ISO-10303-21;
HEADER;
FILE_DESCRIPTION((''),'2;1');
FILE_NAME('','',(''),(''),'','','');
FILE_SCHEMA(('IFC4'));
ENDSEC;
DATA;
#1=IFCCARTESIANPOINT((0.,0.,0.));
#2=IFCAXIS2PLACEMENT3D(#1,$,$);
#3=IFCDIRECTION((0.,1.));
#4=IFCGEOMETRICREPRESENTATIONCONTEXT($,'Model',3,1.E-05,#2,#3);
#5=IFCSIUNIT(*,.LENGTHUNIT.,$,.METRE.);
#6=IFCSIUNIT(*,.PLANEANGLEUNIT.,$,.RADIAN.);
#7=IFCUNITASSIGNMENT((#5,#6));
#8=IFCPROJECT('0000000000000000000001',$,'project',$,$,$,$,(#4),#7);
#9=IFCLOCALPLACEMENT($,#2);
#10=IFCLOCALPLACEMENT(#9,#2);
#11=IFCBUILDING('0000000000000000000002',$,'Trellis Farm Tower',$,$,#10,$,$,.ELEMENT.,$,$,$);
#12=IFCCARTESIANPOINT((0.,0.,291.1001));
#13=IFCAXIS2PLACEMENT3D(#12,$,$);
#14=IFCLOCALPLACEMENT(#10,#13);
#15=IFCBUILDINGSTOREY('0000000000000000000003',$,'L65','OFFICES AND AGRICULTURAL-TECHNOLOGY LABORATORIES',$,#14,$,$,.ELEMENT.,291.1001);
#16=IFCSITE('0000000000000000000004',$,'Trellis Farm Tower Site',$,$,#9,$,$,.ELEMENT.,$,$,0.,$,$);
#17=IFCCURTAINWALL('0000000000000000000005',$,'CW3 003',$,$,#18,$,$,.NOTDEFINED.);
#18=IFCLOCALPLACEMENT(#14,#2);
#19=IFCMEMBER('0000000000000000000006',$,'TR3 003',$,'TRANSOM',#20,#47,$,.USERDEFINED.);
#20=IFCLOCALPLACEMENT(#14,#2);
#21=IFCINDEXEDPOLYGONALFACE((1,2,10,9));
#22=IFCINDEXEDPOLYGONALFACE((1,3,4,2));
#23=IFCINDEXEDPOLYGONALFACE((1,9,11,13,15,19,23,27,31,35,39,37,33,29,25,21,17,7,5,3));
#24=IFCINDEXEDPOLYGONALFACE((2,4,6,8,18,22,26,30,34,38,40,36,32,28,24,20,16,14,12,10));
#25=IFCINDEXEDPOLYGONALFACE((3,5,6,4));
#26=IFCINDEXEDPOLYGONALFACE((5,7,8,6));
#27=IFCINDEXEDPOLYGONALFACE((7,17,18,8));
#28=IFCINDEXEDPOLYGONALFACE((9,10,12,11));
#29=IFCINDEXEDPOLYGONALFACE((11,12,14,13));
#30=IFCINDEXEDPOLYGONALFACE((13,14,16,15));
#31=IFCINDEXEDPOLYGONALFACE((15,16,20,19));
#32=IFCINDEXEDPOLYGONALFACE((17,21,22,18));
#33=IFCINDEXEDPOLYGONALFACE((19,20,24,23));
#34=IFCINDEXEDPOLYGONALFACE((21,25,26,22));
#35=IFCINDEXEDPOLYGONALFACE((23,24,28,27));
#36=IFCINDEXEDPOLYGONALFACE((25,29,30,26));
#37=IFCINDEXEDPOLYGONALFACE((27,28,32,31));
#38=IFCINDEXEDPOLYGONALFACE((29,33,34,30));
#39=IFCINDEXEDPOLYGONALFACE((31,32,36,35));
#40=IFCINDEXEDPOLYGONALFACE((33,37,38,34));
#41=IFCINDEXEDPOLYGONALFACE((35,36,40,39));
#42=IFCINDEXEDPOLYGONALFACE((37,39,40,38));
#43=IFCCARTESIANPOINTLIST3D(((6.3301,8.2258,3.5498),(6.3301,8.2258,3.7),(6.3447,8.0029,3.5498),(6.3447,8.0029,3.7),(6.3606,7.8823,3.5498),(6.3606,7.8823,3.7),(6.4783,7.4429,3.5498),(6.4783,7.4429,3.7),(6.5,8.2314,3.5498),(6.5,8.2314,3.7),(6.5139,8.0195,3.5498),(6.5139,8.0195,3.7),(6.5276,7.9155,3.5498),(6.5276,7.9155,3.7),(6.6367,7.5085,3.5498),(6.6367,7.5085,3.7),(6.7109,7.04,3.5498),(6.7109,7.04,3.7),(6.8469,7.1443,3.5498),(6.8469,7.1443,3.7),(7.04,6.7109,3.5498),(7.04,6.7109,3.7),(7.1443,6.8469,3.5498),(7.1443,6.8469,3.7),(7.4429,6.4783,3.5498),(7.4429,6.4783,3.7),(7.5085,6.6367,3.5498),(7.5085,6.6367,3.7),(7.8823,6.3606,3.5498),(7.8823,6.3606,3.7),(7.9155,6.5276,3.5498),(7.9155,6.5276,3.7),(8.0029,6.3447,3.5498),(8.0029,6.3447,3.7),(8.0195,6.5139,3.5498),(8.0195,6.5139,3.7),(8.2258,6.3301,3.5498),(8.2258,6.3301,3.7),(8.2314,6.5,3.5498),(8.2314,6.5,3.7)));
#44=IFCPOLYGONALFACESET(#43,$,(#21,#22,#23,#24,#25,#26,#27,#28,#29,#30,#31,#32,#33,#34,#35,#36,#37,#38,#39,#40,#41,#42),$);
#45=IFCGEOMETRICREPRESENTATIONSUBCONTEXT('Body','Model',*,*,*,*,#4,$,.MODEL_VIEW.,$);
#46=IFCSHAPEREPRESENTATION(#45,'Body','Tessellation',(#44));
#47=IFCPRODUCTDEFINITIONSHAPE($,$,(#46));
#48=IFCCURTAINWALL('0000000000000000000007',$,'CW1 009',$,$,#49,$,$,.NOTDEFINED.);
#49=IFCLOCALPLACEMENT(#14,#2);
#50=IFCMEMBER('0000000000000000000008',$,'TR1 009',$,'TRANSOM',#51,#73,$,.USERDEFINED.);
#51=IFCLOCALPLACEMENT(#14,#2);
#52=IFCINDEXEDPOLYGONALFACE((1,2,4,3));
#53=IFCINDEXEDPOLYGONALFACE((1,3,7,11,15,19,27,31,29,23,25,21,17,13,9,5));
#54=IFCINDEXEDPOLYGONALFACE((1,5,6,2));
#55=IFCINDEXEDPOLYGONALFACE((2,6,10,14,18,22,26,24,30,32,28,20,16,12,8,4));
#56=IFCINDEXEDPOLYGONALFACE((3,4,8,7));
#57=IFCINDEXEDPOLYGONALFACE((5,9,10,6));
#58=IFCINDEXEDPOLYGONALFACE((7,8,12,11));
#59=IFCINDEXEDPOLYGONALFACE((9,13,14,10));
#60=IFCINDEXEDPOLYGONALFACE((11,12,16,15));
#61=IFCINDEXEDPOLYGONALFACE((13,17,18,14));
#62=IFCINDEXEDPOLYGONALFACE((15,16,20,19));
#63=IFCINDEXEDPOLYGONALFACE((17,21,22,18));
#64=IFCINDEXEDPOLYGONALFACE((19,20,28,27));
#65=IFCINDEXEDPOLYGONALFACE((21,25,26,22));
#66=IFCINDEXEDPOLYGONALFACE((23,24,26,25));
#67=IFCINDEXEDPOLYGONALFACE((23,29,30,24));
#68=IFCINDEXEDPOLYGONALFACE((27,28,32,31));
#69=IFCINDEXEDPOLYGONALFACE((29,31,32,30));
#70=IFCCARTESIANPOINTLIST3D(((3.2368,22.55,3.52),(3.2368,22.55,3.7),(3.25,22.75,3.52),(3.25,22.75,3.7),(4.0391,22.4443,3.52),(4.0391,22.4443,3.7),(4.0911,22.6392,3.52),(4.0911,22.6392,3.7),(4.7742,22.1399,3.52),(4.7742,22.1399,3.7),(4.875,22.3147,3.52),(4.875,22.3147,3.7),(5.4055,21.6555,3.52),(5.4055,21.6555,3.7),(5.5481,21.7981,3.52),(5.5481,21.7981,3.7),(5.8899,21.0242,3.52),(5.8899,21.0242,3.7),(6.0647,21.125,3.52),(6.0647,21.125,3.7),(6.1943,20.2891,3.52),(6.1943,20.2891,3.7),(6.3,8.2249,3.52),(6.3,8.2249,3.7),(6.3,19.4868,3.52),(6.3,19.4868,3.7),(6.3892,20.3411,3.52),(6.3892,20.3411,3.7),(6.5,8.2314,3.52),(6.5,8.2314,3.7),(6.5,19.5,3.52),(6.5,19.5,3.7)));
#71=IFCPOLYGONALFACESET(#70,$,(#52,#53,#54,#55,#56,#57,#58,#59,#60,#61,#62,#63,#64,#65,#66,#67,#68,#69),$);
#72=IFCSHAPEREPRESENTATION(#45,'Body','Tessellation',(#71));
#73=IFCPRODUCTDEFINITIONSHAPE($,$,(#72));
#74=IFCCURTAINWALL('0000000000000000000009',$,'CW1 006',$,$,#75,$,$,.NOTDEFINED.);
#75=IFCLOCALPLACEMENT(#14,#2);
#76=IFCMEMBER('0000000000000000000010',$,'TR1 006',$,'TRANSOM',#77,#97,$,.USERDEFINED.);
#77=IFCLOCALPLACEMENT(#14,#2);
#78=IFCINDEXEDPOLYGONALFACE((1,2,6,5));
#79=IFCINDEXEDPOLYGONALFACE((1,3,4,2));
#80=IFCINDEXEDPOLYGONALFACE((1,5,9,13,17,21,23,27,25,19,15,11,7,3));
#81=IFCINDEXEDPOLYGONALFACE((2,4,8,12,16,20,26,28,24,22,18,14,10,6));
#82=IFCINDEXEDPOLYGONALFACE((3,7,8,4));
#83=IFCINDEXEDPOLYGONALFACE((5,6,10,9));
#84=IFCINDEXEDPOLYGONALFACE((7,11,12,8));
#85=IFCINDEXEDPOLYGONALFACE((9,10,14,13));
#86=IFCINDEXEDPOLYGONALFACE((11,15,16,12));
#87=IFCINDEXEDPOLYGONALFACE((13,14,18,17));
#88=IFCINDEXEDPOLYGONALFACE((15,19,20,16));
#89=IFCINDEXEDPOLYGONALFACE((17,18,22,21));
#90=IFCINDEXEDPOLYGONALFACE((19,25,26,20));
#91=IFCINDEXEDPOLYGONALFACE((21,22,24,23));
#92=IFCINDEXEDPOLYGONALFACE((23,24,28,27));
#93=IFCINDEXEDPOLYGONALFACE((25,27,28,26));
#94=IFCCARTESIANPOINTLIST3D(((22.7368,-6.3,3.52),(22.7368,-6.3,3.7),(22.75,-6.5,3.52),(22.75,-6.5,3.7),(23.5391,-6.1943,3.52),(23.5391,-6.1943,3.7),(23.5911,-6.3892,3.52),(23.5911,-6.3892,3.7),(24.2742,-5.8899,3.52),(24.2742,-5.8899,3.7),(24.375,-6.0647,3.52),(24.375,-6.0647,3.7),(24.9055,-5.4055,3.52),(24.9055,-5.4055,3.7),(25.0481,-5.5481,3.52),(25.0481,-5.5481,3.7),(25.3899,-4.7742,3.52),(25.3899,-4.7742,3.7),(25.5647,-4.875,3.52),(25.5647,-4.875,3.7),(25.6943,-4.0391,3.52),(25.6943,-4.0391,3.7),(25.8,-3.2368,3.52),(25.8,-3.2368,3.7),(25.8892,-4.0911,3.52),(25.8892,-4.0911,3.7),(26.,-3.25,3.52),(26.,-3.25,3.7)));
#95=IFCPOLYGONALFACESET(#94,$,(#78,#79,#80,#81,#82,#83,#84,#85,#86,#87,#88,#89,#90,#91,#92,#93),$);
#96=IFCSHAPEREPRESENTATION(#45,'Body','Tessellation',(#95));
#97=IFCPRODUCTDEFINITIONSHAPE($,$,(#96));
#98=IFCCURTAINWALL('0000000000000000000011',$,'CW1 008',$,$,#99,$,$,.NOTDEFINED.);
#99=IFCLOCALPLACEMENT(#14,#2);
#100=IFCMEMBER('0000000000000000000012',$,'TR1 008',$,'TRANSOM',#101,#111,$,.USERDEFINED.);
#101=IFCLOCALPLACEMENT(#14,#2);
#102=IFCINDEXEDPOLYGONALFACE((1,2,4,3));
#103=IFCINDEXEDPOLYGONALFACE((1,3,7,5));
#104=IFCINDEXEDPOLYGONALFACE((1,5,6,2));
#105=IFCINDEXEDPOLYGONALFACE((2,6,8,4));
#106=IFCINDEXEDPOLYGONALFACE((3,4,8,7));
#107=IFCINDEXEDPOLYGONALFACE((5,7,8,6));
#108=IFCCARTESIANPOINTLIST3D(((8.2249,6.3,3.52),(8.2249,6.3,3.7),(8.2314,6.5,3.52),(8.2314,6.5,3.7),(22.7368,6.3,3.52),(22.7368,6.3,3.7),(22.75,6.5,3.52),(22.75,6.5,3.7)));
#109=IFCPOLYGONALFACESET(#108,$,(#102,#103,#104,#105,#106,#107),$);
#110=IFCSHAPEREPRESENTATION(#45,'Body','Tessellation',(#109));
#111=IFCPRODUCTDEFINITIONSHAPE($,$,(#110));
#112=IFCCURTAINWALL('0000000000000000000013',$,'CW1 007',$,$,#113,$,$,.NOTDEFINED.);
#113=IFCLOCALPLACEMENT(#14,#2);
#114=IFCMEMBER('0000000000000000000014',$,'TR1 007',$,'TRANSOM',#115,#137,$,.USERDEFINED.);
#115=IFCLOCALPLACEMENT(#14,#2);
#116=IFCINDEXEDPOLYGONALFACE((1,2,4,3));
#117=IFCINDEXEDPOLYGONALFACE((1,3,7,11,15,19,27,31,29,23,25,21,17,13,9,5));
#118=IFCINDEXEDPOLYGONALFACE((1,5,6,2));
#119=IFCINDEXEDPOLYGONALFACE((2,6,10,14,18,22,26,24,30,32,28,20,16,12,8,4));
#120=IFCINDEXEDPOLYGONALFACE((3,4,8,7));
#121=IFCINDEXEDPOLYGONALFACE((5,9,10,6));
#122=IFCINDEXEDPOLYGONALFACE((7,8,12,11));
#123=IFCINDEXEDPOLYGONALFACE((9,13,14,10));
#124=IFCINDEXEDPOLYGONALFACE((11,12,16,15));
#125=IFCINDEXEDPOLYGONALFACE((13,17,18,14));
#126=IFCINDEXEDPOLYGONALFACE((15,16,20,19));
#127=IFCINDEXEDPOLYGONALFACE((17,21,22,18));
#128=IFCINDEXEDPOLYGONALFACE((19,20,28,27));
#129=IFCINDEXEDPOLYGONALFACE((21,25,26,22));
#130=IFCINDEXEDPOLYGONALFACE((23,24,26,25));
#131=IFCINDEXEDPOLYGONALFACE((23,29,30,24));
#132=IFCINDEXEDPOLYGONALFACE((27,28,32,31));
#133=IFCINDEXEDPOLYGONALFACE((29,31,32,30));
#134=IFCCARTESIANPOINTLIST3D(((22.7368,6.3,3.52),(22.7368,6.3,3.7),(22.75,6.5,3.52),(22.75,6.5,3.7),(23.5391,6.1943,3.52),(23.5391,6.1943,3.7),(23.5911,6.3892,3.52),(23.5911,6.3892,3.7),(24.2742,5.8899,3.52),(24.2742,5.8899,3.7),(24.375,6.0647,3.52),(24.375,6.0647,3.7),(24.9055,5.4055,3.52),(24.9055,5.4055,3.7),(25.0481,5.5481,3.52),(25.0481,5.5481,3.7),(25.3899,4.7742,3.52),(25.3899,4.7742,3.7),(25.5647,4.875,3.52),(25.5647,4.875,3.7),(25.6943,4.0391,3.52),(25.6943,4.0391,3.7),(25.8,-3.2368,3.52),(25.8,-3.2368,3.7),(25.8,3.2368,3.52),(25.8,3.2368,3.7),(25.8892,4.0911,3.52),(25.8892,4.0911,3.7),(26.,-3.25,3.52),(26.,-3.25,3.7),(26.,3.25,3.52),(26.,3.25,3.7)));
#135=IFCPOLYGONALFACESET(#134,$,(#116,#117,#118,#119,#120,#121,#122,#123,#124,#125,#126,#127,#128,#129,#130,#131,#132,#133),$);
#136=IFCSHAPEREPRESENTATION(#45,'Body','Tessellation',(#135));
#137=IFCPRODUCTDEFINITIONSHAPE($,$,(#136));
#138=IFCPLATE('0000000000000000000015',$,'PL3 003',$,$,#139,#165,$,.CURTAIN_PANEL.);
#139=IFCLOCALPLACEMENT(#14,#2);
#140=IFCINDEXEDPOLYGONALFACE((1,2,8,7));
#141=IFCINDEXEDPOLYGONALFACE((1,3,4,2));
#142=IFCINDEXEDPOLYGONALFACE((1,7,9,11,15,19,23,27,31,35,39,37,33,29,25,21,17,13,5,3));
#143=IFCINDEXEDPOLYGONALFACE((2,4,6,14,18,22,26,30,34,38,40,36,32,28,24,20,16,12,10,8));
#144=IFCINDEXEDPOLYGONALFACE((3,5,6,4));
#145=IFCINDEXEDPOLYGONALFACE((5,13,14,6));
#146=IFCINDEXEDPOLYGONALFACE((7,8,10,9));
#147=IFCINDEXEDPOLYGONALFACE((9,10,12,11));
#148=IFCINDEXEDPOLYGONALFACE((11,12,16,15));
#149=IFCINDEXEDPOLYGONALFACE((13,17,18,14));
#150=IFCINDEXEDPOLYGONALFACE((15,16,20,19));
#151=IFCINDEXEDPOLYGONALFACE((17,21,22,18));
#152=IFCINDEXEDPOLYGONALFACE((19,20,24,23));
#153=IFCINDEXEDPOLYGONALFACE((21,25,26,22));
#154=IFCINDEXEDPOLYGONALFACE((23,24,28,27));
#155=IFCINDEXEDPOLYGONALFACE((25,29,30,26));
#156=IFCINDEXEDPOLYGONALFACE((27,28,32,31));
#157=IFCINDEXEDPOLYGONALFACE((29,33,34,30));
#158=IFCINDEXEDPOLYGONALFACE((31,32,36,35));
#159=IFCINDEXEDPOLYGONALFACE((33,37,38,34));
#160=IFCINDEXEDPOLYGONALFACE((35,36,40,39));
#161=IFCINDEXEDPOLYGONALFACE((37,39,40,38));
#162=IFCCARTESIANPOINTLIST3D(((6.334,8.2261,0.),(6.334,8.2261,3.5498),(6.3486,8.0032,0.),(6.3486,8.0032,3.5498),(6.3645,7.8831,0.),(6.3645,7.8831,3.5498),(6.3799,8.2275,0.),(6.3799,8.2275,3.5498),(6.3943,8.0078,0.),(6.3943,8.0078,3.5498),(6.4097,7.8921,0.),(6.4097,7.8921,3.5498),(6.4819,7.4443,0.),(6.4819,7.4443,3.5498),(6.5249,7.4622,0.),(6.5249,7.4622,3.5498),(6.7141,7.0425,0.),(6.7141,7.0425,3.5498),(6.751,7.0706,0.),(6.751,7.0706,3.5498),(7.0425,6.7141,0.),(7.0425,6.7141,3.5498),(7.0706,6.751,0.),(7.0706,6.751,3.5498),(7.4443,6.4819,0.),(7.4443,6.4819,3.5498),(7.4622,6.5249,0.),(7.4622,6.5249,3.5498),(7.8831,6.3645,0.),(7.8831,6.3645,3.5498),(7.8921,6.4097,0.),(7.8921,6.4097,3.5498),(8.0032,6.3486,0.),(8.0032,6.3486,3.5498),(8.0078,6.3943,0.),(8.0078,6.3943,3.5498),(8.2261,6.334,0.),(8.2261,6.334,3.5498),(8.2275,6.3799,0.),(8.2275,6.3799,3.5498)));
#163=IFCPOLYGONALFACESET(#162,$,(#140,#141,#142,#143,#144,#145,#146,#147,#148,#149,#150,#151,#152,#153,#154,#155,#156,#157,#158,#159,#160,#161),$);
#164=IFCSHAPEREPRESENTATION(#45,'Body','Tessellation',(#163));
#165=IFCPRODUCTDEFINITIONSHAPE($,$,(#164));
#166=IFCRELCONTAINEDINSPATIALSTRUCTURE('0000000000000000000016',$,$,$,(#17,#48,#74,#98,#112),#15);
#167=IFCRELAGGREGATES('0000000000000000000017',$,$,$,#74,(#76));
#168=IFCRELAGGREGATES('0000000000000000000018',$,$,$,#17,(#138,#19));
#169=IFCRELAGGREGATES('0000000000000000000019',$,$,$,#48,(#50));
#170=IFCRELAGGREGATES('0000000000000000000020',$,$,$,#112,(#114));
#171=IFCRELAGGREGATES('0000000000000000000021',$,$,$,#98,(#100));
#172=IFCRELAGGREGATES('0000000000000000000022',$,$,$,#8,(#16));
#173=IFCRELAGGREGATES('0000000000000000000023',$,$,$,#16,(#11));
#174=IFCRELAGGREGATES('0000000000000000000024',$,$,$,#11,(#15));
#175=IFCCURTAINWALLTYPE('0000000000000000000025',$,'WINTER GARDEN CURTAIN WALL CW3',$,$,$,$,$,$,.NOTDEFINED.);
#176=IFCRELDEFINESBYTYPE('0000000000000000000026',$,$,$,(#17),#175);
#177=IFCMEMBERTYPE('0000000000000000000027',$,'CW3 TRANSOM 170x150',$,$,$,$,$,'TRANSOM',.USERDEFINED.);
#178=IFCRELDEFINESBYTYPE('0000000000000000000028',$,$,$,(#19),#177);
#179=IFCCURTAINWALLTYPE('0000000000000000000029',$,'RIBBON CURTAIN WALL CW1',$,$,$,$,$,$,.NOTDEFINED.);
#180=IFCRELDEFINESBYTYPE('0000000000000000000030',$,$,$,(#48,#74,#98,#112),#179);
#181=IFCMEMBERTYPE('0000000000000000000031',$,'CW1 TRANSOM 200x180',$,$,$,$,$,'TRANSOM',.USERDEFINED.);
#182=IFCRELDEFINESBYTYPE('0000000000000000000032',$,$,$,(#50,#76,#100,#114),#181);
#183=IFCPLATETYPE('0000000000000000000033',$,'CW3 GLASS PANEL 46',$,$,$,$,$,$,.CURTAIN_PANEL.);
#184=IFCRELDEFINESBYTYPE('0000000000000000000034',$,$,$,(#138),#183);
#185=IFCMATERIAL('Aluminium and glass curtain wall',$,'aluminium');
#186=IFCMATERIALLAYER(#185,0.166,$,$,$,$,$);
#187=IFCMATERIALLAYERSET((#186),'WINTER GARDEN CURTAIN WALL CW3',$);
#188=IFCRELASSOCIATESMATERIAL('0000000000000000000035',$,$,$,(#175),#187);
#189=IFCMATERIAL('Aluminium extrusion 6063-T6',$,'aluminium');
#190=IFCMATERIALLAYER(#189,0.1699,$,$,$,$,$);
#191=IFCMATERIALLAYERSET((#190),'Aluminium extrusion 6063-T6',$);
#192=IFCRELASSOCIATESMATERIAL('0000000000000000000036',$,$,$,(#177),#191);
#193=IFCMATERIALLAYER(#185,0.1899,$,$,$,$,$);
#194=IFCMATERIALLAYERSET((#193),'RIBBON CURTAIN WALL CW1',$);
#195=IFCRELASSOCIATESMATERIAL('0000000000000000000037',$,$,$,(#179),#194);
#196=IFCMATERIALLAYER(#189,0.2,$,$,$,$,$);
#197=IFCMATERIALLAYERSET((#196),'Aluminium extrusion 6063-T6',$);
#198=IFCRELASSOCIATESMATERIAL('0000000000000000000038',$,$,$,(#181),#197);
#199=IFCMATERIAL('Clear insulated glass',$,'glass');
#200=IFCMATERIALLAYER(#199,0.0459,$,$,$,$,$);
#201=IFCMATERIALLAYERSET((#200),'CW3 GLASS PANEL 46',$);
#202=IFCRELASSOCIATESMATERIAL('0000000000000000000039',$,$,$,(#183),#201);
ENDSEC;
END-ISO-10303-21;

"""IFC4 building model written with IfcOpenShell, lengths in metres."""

from ifc_helpers import new_model, si_unit, direction, frame, origin, place, context, subcontext, project, spatial, polyline, outline, extrude, source, transform, mapped, material, layer, layer_set, type_object, element, aggregate, save


model = new_model("IFC4")

# Units and contexts
model_context = context("Model", 3, precision=1e-05, world=origin(), true_north=direction((0.0, 1.0)))
body_context = subcontext(model_context, "Body", "Model", "MODEL_VIEW")
ifc_project = project(units=[si_unit("LENGTHUNIT", "METRE"), si_unit("PLANEANGLEUNIT", "RADIAN")], contexts=[model_context])

# Site, building, storey
site_placement = place(None, origin())
site = spatial("IfcSite", under=ifc_project, at=site_placement, Name="Trellis Farm Tower Site", CompositionType="ELEMENT", RefElevation=0.0)
building_placement = place(site_placement, origin())
building = spatial("IfcBuilding", under=site, at=building_placement, Name="Trellis Farm Tower", CompositionType="ELEMENT")
storey_placement = place(building_placement, frame((0.0, 0.0, 291.1001)))
storey = spatial("IfcBuildingStorey", under=building, at=storey_placement, Name="L65", Description="OFFICES AND AGRICULTURAL-TECHNOLOGY LABORATORIES", CompositionType="ELEMENT", Elevation=291.1001)

# Curtain walls, members
ifc_material_1 = material(Name="Aluminium and glass curtain wall", Category="aluminium")
ifc_layer_1 = layer(ifc_material_1, 0.166)
ifc_layer_set_1 = layer_set([ifc_layer_1], Name="WINTER GARDEN CURTAIN WALL CW3")
curtain_wall_type_1 = type_object("IfcCurtainWallType", Name="WINTER GARDEN CURTAIN WALL CW3", PredefinedType="NOTDEFINED", material=ifc_layer_set_1)
placement_1 = place(storey_placement, origin())
curtain_wall_1 = element("IfcCurtainWall", 1, at=placement_1, inside=storey, type_object=curtain_wall_type_1, Name="CW3 003", PredefinedType="NOTDEFINED")
ifc_material_2 = material(Name="Aluminium extrusion 6063-T6", Category="aluminium")
ifc_layer_2 = layer(ifc_material_2, 0.1699)
ifc_layer_set_2 = layer_set([ifc_layer_2], Name="Aluminium extrusion 6063-T6")
member_type_1 = type_object("IfcMemberType", Name="CW3 TRANSOM 170x150", ElementType="TRANSOM", PredefinedType="USERDEFINED", material=ifc_layer_set_2)
shared_shape_1 = source(origin(), body_context, "Body", "SweptSolid", [
    extrude(outline(polyline([(8.2314, 6.5), (8.0195, 6.5139), (7.9155, 6.5276), (7.5085, 6.6367), (7.1443, 6.8469), (6.8469, 7.1443), (6.6367, 7.5085), (6.5276, 7.9155), (6.5139, 8.0195), (6.5, 8.2314), (6.3301, 8.2258), (6.3447, 8.0029), (6.3606, 7.8823), (6.4783, 7.4429), (6.7109, 7.04), (7.04, 6.7109), (7.4429, 6.4783), (7.8823, 6.3606), (8.0029, 6.3447), (8.2258, 6.3301), (8.2314, 6.5)])), origin(), (0.0, 0.0, 1.0), 0.1501),
])
member_1_placement = place(storey_placement, frame((0.0, 0.0, 3.5498)))
member_1 = element("IfcMember", 2, at=member_1_placement, type_object=member_type_1, Name="TR3 003", ObjectType="TRANSOM", PredefinedType="USERDEFINED", context=body_context, shape_type="MappedRepresentation", body=[
    mapped(shared_shape_1, transform((0.0, 0.0, 0.0))),
])
ifc_layer_3 = layer(ifc_material_1, 0.1899)
ifc_layer_set_3 = layer_set([ifc_layer_3], Name="RIBBON CURTAIN WALL CW1")
curtain_wall_type_2 = type_object("IfcCurtainWallType", Name="RIBBON CURTAIN WALL CW1", PredefinedType="NOTDEFINED", material=ifc_layer_set_3)
curtain_wall_2 = element("IfcCurtainWall", 3, at=placement_1, inside=storey, type_object=curtain_wall_type_2, Name="CW1 009", PredefinedType="NOTDEFINED")
ifc_layer_4 = layer(ifc_material_2, 0.2)
ifc_layer_set_4 = layer_set([ifc_layer_4], Name="Aluminium extrusion 6063-T6")
member_type_2 = type_object("IfcMemberType", Name="CW1 TRANSOM 200x180", ElementType="TRANSOM", PredefinedType="USERDEFINED", material=ifc_layer_set_4)
shared_shape_2 = source(origin(), body_context, "Body", "SweptSolid", [
    extrude(outline(polyline([(6.5, 8.2314), (6.5, 19.5), (6.3892, 20.3411), (6.0647, 21.125), (5.5481, 21.7981), (4.875, 22.3147), (4.0911, 22.6392), (3.25, 22.75), (3.2368, 22.55), (4.0391, 22.4443), (4.7742, 22.1399), (5.4055, 21.6555), (5.8899, 21.0242), (6.1943, 20.2891), (6.3, 19.4868), (6.3, 8.2249), (6.5, 8.2314)])), origin(), (0.0, 0.0, 1.0), 0.1799),
])
placement_2 = place(storey_placement, frame((0.0, 0.0, 3.52)))
member_2 = element("IfcMember", 4, at=placement_2, type_object=member_type_2, Name="TR1 009", ObjectType="TRANSOM", PredefinedType="USERDEFINED", context=body_context, shape_type="MappedRepresentation", body=[
    mapped(shared_shape_2, transform((0.0, 0.0, 0.0))),
])
curtain_wall_3 = element("IfcCurtainWall", 5, at=placement_1, inside=storey, type_object=curtain_wall_type_2, Name="CW1 006", PredefinedType="NOTDEFINED")
shared_shape_3 = source(origin(), body_context, "Body", "SweptSolid", [
    extrude(outline(polyline([(22.75, -6.5), (23.5911, -6.3892), (24.375, -6.0647), (25.0481, -5.5481), (25.5647, -4.875), (25.8892, -4.0911), (26.0, -3.25), (25.8, -3.2368), (25.6943, -4.0391), (25.3899, -4.7742), (24.9055, -5.4055), (24.2742, -5.8899), (23.5391, -6.1943), (22.7368, -6.3), (22.75, -6.5)])), origin(), (0.0, 0.0, 1.0), 0.1799),
])
member_3 = element("IfcMember", 6, at=placement_2, type_object=member_type_2, Name="TR1 006", ObjectType="TRANSOM", PredefinedType="USERDEFINED", context=body_context, shape_type="MappedRepresentation", body=[
    mapped(shared_shape_3, transform((0.0, 0.0, 0.0))),
])
aggregate(curtain_wall_3, [member_3])
curtain_wall_4 = element("IfcCurtainWall", 7, at=placement_1, inside=storey, type_object=curtain_wall_type_2, Name="CW1 008", PredefinedType="NOTDEFINED")
shared_shape_4 = source(origin(), body_context, "Body", "SweptSolid", [
    extrude(outline(polyline([(22.75, 6.5), (8.2314, 6.5), (8.2249, 6.3), (22.7368, 6.3), (22.75, 6.5)])), origin(), (0.0, 0.0, 1.0), 0.1799),
])
member_4 = element("IfcMember", 8, at=placement_2, type_object=member_type_2, Name="TR1 008", ObjectType="TRANSOM", PredefinedType="USERDEFINED", context=body_context, shape_type="MappedRepresentation", body=[
    mapped(shared_shape_4, transform((0.0, 0.0, 0.0))),
])
curtain_wall_5 = element("IfcCurtainWall", 9, at=placement_1, inside=storey, type_object=curtain_wall_type_2, Name="CW1 007", PredefinedType="NOTDEFINED")
shared_shape_5 = source(origin(), body_context, "Body", "SweptSolid", [
    extrude(outline(polyline([(26.0, -3.25), (26.0, 3.25), (25.8892, 4.0911), (25.5647, 4.875), (25.0481, 5.5481), (24.375, 6.0647), (23.5911, 6.3892), (22.75, 6.5), (22.7368, 6.3), (23.5391, 6.1943), (24.2742, 5.8899), (24.9055, 5.4055), (25.3899, 4.7742), (25.6943, 4.0391), (25.8, 3.2368), (25.8, -3.2368), (26.0, -3.25)])), origin(), (0.0, 0.0, 1.0), 0.1799),
])
member_5 = element("IfcMember", 10, at=placement_2, type_object=member_type_2, Name="TR1 007", ObjectType="TRANSOM", PredefinedType="USERDEFINED", context=body_context, shape_type="MappedRepresentation", body=[
    mapped(shared_shape_5, transform((0.0, 0.0, 0.0))),
])

# Plate
ifc_material_3 = material(Name="Clear insulated glass", Category="glass")
ifc_layer_5 = layer(ifc_material_3, 0.0459)
ifc_layer_set_5 = layer_set([ifc_layer_5], Name="CW3 GLASS PANEL 46")
plate_type_1 = type_object("IfcPlateType", Name="CW3 GLASS PANEL 46", PredefinedType="CURTAIN_PANEL", material=ifc_layer_set_5)
shared_shape_6 = source(origin(), body_context, "Body", "SweptSolid", [
    extrude(outline(polyline([(8.2275, 6.3799), (8.0078, 6.3943), (7.8921, 6.4097), (7.4622, 6.5249), (7.0706, 6.751), (6.751, 7.0706), (6.5249, 7.4622), (6.4097, 7.8921), (6.3943, 8.0078), (6.3799, 8.2275), (6.334, 8.2261), (6.3486, 8.0032), (6.3645, 7.8831), (6.4819, 7.4443), (6.7141, 7.0425), (7.0425, 6.7141), (7.4443, 6.4819), (7.8831, 6.3645), (8.0032, 6.3486), (8.2261, 6.334), (8.2275, 6.3799)])), origin(), (0.0, 0.0, 1.0), 3.5498),
])
plate_1 = element("IfcPlate", 11, at=placement_1, type_object=plate_type_1, Name="PL3 003", PredefinedType="CURTAIN_PANEL", context=body_context, shape_type="MappedRepresentation", body=[
    mapped(shared_shape_6, transform((0.0, 0.0, 0.0))),
])
aggregate(curtain_wall_1, [plate_1, member_1])
aggregate(curtain_wall_2, [member_2])
aggregate(curtain_wall_5, [member_5])
aggregate(curtain_wall_4, [member_4])

save(model, "model.ifc")
